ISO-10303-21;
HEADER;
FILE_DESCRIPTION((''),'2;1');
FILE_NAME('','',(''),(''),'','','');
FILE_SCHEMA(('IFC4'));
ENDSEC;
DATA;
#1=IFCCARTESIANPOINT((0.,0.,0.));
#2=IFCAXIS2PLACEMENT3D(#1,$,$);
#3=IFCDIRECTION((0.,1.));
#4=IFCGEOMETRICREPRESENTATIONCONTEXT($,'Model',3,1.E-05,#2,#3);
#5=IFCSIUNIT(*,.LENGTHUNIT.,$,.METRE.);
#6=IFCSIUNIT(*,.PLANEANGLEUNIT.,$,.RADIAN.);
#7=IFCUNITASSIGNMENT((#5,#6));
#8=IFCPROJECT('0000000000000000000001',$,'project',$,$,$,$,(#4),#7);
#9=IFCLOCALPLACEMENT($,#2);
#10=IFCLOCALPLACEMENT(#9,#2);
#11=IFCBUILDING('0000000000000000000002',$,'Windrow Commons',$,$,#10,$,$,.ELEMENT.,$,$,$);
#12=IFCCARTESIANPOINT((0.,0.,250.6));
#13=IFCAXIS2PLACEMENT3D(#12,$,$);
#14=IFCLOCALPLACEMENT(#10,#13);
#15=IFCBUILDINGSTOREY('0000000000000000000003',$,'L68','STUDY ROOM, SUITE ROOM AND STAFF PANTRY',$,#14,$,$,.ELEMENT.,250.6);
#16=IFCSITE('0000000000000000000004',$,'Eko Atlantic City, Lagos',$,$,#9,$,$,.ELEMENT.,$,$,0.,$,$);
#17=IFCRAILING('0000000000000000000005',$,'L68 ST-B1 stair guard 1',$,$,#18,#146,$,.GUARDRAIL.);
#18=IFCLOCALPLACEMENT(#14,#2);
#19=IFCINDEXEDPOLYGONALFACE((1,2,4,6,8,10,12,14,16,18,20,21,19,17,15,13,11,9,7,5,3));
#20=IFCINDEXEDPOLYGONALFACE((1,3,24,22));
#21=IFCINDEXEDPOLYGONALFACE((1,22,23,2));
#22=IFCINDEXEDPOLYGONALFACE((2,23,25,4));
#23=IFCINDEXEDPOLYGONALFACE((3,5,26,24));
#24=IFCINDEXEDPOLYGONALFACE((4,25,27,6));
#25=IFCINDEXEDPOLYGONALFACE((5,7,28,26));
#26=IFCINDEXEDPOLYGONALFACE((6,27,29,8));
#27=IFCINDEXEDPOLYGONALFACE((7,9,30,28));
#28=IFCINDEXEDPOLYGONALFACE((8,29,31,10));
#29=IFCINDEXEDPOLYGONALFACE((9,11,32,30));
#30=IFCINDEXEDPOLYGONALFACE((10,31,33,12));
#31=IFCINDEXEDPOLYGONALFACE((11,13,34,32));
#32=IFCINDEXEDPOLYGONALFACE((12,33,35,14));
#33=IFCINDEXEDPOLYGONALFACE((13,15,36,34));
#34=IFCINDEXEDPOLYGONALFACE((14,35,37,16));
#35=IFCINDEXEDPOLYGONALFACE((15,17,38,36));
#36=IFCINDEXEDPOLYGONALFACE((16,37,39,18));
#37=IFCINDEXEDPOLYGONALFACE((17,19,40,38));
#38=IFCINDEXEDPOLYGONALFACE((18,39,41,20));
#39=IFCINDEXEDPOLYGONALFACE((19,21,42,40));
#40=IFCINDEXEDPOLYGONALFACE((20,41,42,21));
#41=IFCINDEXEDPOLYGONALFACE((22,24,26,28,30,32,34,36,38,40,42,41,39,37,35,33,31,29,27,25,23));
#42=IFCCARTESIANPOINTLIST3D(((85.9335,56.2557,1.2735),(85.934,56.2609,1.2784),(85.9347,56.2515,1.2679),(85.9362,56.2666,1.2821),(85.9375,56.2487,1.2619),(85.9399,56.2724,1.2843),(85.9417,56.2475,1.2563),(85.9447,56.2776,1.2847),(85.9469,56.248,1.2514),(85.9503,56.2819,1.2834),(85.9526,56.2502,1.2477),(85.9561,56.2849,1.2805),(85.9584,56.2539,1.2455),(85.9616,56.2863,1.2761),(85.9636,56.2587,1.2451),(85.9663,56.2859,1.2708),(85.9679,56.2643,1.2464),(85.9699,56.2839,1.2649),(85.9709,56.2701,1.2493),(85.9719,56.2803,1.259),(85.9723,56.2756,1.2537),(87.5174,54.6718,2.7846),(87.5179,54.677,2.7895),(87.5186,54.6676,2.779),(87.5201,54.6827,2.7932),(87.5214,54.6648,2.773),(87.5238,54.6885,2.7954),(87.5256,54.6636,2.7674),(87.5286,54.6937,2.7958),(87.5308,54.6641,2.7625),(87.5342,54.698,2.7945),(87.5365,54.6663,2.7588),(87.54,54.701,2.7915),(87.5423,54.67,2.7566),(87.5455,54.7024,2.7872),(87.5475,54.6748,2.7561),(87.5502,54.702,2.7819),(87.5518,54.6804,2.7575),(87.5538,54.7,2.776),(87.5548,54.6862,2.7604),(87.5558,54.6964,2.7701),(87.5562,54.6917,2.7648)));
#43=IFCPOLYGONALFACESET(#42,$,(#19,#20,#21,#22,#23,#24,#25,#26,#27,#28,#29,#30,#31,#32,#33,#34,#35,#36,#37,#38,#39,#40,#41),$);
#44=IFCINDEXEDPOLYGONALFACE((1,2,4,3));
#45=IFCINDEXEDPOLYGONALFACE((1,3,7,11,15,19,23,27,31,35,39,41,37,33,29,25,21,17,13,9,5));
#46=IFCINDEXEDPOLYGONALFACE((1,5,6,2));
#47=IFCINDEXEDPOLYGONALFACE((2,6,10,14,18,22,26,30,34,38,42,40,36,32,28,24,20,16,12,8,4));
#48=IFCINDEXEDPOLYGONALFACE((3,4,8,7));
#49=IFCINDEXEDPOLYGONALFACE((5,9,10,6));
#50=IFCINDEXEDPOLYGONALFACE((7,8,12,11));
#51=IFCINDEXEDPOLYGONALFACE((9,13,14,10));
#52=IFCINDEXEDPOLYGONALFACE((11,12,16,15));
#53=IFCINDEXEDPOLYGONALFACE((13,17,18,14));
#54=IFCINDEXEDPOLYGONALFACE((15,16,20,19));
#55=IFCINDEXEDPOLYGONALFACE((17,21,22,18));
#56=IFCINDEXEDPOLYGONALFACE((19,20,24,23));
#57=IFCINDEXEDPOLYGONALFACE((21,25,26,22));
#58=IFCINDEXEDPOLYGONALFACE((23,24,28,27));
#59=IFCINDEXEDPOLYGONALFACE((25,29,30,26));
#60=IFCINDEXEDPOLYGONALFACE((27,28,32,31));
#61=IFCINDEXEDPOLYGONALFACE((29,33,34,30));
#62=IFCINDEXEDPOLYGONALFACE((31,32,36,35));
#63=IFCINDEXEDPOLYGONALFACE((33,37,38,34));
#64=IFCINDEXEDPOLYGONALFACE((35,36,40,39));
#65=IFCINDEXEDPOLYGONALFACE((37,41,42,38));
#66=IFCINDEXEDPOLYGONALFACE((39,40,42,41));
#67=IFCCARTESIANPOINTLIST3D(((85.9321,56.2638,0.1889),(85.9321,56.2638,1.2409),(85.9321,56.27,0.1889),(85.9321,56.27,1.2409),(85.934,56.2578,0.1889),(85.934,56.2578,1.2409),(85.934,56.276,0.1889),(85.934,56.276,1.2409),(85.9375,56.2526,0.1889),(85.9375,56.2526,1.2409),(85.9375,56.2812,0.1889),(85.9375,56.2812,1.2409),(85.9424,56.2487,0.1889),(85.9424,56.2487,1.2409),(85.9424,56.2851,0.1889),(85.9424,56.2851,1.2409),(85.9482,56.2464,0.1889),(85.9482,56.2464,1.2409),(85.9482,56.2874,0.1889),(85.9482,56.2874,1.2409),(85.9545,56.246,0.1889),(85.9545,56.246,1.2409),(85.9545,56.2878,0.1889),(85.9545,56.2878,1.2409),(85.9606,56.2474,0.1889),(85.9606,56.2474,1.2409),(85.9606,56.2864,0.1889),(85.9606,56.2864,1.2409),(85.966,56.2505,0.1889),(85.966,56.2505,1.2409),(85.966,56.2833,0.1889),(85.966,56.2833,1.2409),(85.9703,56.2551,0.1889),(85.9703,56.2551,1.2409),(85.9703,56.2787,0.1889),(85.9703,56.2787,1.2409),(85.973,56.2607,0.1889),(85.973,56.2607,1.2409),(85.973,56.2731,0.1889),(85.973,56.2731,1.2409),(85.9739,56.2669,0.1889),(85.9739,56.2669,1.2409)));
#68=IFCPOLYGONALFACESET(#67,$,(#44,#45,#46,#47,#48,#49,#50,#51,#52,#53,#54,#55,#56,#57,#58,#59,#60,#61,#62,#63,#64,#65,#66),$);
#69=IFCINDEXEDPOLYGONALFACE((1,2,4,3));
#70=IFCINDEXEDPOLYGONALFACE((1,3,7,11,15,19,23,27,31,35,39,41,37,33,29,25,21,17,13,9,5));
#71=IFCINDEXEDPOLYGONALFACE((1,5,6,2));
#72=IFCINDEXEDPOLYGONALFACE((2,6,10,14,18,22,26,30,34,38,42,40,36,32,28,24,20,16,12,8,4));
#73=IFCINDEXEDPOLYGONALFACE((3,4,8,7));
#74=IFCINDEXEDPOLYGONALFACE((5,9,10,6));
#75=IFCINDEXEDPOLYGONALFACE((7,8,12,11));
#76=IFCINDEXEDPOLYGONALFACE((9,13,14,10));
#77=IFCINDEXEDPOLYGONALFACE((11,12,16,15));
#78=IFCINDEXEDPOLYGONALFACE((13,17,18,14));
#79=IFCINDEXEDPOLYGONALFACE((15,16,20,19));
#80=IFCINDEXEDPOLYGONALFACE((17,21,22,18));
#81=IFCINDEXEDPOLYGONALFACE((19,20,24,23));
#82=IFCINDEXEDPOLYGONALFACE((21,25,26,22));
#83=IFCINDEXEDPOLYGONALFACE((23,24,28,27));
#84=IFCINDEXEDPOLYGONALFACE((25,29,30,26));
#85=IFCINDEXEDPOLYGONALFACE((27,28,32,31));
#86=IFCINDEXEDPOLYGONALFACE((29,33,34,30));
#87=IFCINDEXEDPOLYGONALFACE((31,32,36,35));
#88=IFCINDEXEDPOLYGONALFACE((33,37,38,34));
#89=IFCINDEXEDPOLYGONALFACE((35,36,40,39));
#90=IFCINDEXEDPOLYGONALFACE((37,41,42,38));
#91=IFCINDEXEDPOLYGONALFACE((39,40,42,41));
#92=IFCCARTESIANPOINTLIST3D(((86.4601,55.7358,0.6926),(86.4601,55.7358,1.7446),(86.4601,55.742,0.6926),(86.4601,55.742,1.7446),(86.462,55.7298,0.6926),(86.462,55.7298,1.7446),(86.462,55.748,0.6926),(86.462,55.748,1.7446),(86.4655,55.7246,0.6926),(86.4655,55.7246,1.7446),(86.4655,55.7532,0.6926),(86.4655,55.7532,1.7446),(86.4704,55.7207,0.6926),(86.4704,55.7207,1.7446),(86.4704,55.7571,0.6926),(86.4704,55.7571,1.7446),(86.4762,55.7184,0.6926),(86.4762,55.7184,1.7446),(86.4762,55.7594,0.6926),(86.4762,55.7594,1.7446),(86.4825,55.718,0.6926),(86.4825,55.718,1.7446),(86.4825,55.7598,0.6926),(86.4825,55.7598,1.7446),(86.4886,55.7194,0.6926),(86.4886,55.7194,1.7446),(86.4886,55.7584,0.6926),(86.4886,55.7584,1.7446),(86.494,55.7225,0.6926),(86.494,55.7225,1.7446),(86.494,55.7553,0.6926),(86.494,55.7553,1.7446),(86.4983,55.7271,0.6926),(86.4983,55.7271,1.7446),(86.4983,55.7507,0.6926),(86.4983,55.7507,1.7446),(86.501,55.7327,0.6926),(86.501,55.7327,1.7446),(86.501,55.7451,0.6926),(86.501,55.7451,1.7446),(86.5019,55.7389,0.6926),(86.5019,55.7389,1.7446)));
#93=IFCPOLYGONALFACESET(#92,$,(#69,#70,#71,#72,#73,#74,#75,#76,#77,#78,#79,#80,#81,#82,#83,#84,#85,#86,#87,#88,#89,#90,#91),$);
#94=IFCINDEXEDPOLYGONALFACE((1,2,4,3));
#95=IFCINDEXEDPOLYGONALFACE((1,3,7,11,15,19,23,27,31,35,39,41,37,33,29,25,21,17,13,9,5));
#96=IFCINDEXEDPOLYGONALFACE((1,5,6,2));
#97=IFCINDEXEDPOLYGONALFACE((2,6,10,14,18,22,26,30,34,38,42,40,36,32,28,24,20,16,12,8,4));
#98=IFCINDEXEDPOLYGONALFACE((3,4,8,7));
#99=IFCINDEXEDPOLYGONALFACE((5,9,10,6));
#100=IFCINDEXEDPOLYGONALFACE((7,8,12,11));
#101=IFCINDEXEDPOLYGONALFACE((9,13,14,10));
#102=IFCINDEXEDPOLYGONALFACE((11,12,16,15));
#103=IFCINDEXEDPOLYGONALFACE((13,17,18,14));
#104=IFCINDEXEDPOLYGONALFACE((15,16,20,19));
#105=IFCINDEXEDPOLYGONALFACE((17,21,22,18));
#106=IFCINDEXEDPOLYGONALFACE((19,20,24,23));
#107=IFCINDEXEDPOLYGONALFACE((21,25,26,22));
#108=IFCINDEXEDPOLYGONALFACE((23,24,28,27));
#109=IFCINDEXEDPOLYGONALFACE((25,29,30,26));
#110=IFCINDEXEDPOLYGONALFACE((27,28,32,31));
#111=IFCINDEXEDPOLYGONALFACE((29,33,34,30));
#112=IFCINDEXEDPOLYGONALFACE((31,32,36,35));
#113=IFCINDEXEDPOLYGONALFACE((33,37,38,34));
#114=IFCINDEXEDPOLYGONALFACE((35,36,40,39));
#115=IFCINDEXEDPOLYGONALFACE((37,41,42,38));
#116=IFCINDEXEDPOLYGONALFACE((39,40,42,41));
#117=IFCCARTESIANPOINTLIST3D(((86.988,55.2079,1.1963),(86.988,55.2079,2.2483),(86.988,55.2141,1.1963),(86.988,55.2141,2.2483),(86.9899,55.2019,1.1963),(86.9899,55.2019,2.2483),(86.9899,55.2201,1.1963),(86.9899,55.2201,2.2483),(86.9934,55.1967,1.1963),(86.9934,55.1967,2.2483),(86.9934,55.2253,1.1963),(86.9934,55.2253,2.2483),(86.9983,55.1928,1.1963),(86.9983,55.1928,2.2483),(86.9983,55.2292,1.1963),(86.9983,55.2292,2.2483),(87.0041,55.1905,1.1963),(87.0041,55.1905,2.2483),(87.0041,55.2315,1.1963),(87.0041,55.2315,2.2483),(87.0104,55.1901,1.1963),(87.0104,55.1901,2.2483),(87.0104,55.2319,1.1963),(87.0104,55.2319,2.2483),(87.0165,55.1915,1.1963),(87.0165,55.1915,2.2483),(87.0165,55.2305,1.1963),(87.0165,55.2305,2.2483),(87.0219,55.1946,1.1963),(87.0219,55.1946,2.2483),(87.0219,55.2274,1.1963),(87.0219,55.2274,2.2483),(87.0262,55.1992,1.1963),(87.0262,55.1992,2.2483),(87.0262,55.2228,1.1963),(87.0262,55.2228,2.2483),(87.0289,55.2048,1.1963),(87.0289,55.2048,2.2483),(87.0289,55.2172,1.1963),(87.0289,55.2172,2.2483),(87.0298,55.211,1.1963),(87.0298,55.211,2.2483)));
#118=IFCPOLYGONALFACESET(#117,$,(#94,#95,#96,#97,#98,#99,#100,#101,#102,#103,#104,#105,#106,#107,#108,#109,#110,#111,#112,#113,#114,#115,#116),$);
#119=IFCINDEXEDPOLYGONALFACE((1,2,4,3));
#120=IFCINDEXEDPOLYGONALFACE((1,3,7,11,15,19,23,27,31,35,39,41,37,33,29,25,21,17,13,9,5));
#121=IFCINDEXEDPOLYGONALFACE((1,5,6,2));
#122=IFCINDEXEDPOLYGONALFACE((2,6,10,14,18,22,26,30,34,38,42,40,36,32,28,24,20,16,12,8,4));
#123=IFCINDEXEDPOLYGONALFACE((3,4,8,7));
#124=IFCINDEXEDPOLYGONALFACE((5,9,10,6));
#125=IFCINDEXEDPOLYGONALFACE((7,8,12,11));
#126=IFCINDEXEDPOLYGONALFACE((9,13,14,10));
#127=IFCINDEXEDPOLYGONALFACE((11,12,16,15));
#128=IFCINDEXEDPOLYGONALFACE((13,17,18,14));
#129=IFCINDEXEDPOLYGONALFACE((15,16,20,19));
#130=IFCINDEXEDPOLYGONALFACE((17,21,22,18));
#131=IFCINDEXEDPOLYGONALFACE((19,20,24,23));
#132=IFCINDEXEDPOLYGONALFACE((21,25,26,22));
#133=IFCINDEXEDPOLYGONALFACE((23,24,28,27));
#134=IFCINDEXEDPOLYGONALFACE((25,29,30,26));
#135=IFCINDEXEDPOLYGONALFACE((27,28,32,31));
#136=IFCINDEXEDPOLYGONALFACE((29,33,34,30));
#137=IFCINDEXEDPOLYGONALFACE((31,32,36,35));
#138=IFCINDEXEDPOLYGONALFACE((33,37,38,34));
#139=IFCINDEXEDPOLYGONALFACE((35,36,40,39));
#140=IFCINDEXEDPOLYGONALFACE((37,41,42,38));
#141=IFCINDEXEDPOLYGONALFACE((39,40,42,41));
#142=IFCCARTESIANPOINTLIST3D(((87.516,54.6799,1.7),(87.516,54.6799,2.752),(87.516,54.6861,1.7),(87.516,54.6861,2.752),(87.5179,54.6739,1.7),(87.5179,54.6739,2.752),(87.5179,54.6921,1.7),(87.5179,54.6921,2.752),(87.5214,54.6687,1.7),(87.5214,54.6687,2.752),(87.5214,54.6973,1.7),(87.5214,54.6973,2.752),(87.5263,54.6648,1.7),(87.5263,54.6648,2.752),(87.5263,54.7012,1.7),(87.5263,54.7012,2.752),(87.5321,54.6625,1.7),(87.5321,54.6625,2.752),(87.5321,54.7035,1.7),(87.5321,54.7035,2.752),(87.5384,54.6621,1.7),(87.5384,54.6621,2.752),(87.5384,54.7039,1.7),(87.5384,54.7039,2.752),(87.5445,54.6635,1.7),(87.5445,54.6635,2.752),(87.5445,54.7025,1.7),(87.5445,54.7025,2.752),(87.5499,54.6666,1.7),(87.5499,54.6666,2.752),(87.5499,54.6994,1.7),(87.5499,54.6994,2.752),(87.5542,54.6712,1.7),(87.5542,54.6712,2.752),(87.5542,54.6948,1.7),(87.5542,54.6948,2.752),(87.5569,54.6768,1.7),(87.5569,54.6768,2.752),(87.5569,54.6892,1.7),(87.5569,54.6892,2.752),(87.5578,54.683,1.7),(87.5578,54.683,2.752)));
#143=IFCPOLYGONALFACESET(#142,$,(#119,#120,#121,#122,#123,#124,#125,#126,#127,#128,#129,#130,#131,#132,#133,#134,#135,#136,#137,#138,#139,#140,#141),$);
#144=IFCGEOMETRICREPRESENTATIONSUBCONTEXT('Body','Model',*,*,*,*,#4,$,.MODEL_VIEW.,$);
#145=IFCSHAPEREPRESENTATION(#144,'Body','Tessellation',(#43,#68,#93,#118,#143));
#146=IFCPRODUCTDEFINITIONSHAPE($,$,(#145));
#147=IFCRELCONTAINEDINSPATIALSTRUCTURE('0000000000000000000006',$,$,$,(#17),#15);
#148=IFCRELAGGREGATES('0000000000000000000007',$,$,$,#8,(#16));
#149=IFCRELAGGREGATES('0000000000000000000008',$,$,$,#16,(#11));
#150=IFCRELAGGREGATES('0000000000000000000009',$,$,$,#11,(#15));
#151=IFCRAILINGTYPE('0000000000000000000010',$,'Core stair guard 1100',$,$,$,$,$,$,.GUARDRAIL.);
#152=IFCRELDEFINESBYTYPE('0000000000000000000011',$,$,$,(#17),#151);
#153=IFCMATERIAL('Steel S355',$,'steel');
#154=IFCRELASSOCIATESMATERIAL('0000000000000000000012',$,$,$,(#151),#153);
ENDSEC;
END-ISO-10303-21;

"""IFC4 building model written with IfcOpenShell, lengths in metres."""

from ifc_helpers import new_model, si_unit, direction, frame, origin, origin_2d, place, context, subcontext, project, spatial, circle, extrude, material, type_object, element, save


model = new_model("IFC4")

# Units and contexts
model_context = context("Model", 3, precision=1e-05, world=origin(), true_north=direction((0.0, 1.0)))
body_context = subcontext(model_context, "Body", "Model", "MODEL_VIEW")
ifc_project = project(units=[si_unit("LENGTHUNIT", "METRE"), si_unit("PLANEANGLEUNIT", "RADIAN")], contexts=[model_context])

# Site, building, storey
site_placement = place(None, origin())
site = spatial("IfcSite", under=ifc_project, at=site_placement, Name="Eko Atlantic City, Lagos", CompositionType="ELEMENT", RefElevation=0.0)
building_placement = place(site_placement, origin())
building = spatial("IfcBuilding", under=site, at=building_placement, Name="Windrow Commons", CompositionType="ELEMENT")
storey_placement = place(building_placement, frame((0.0, 0.0, 250.6)))
storey = spatial("IfcBuildingStorey", under=building, at=storey_placement, Name="L68", Description="STUDY ROOM, SUITE ROOM AND STAFF PANTRY", CompositionType="ELEMENT", Elevation=250.6)

# Railing
ifc_material_1 = material(Name="Steel S355", Category="steel")
railing_type_1 = type_object("IfcRailingType", Name="Core stair guard 1100", PredefinedType="GUARDRAIL", material=ifc_material_1)
railing_1_placement = place(storey_placement, frame((85.9529, 56.2669, 0.1889)))
element("IfcRailing", 1, at=railing_1_placement, inside=storey, type_object=railing_type_1, Name="L68 ST-B1 stair guard 1", PredefinedType="GUARDRAIL", context=body_context, shape_type="SweptSolid", body=[
    extrude(circle(Radius=0.024, at=origin_2d()), frame((0.0, 0.0, 1.076), z_axis=(0.586191, -0.586191, 0.559249), x_axis=(0.707107, 0.707107, 0.0)), (0.0, 0.0, 1.0), 2.702),
    extrude(circle(Radius=0.021, at=origin_2d()), origin(), (0.0, 0.0, 1.0), 1.052),
    extrude(circle(Radius=0.021, at=origin_2d()), frame((0.528, -0.528, 0.5037)), (0.0, 0.0, 1.0), 1.052),
    extrude(circle(Radius=0.021, at=origin_2d()), frame((1.0559, -1.0559, 1.0074)), (0.0, 0.0, 1.0), 1.052),
    extrude(circle(Radius=0.021, at=origin_2d()), frame((1.5839, -1.5839, 1.5111)), (0.0, 0.0, 1.0), 1.052),
])

save(model, "model.ifc")
